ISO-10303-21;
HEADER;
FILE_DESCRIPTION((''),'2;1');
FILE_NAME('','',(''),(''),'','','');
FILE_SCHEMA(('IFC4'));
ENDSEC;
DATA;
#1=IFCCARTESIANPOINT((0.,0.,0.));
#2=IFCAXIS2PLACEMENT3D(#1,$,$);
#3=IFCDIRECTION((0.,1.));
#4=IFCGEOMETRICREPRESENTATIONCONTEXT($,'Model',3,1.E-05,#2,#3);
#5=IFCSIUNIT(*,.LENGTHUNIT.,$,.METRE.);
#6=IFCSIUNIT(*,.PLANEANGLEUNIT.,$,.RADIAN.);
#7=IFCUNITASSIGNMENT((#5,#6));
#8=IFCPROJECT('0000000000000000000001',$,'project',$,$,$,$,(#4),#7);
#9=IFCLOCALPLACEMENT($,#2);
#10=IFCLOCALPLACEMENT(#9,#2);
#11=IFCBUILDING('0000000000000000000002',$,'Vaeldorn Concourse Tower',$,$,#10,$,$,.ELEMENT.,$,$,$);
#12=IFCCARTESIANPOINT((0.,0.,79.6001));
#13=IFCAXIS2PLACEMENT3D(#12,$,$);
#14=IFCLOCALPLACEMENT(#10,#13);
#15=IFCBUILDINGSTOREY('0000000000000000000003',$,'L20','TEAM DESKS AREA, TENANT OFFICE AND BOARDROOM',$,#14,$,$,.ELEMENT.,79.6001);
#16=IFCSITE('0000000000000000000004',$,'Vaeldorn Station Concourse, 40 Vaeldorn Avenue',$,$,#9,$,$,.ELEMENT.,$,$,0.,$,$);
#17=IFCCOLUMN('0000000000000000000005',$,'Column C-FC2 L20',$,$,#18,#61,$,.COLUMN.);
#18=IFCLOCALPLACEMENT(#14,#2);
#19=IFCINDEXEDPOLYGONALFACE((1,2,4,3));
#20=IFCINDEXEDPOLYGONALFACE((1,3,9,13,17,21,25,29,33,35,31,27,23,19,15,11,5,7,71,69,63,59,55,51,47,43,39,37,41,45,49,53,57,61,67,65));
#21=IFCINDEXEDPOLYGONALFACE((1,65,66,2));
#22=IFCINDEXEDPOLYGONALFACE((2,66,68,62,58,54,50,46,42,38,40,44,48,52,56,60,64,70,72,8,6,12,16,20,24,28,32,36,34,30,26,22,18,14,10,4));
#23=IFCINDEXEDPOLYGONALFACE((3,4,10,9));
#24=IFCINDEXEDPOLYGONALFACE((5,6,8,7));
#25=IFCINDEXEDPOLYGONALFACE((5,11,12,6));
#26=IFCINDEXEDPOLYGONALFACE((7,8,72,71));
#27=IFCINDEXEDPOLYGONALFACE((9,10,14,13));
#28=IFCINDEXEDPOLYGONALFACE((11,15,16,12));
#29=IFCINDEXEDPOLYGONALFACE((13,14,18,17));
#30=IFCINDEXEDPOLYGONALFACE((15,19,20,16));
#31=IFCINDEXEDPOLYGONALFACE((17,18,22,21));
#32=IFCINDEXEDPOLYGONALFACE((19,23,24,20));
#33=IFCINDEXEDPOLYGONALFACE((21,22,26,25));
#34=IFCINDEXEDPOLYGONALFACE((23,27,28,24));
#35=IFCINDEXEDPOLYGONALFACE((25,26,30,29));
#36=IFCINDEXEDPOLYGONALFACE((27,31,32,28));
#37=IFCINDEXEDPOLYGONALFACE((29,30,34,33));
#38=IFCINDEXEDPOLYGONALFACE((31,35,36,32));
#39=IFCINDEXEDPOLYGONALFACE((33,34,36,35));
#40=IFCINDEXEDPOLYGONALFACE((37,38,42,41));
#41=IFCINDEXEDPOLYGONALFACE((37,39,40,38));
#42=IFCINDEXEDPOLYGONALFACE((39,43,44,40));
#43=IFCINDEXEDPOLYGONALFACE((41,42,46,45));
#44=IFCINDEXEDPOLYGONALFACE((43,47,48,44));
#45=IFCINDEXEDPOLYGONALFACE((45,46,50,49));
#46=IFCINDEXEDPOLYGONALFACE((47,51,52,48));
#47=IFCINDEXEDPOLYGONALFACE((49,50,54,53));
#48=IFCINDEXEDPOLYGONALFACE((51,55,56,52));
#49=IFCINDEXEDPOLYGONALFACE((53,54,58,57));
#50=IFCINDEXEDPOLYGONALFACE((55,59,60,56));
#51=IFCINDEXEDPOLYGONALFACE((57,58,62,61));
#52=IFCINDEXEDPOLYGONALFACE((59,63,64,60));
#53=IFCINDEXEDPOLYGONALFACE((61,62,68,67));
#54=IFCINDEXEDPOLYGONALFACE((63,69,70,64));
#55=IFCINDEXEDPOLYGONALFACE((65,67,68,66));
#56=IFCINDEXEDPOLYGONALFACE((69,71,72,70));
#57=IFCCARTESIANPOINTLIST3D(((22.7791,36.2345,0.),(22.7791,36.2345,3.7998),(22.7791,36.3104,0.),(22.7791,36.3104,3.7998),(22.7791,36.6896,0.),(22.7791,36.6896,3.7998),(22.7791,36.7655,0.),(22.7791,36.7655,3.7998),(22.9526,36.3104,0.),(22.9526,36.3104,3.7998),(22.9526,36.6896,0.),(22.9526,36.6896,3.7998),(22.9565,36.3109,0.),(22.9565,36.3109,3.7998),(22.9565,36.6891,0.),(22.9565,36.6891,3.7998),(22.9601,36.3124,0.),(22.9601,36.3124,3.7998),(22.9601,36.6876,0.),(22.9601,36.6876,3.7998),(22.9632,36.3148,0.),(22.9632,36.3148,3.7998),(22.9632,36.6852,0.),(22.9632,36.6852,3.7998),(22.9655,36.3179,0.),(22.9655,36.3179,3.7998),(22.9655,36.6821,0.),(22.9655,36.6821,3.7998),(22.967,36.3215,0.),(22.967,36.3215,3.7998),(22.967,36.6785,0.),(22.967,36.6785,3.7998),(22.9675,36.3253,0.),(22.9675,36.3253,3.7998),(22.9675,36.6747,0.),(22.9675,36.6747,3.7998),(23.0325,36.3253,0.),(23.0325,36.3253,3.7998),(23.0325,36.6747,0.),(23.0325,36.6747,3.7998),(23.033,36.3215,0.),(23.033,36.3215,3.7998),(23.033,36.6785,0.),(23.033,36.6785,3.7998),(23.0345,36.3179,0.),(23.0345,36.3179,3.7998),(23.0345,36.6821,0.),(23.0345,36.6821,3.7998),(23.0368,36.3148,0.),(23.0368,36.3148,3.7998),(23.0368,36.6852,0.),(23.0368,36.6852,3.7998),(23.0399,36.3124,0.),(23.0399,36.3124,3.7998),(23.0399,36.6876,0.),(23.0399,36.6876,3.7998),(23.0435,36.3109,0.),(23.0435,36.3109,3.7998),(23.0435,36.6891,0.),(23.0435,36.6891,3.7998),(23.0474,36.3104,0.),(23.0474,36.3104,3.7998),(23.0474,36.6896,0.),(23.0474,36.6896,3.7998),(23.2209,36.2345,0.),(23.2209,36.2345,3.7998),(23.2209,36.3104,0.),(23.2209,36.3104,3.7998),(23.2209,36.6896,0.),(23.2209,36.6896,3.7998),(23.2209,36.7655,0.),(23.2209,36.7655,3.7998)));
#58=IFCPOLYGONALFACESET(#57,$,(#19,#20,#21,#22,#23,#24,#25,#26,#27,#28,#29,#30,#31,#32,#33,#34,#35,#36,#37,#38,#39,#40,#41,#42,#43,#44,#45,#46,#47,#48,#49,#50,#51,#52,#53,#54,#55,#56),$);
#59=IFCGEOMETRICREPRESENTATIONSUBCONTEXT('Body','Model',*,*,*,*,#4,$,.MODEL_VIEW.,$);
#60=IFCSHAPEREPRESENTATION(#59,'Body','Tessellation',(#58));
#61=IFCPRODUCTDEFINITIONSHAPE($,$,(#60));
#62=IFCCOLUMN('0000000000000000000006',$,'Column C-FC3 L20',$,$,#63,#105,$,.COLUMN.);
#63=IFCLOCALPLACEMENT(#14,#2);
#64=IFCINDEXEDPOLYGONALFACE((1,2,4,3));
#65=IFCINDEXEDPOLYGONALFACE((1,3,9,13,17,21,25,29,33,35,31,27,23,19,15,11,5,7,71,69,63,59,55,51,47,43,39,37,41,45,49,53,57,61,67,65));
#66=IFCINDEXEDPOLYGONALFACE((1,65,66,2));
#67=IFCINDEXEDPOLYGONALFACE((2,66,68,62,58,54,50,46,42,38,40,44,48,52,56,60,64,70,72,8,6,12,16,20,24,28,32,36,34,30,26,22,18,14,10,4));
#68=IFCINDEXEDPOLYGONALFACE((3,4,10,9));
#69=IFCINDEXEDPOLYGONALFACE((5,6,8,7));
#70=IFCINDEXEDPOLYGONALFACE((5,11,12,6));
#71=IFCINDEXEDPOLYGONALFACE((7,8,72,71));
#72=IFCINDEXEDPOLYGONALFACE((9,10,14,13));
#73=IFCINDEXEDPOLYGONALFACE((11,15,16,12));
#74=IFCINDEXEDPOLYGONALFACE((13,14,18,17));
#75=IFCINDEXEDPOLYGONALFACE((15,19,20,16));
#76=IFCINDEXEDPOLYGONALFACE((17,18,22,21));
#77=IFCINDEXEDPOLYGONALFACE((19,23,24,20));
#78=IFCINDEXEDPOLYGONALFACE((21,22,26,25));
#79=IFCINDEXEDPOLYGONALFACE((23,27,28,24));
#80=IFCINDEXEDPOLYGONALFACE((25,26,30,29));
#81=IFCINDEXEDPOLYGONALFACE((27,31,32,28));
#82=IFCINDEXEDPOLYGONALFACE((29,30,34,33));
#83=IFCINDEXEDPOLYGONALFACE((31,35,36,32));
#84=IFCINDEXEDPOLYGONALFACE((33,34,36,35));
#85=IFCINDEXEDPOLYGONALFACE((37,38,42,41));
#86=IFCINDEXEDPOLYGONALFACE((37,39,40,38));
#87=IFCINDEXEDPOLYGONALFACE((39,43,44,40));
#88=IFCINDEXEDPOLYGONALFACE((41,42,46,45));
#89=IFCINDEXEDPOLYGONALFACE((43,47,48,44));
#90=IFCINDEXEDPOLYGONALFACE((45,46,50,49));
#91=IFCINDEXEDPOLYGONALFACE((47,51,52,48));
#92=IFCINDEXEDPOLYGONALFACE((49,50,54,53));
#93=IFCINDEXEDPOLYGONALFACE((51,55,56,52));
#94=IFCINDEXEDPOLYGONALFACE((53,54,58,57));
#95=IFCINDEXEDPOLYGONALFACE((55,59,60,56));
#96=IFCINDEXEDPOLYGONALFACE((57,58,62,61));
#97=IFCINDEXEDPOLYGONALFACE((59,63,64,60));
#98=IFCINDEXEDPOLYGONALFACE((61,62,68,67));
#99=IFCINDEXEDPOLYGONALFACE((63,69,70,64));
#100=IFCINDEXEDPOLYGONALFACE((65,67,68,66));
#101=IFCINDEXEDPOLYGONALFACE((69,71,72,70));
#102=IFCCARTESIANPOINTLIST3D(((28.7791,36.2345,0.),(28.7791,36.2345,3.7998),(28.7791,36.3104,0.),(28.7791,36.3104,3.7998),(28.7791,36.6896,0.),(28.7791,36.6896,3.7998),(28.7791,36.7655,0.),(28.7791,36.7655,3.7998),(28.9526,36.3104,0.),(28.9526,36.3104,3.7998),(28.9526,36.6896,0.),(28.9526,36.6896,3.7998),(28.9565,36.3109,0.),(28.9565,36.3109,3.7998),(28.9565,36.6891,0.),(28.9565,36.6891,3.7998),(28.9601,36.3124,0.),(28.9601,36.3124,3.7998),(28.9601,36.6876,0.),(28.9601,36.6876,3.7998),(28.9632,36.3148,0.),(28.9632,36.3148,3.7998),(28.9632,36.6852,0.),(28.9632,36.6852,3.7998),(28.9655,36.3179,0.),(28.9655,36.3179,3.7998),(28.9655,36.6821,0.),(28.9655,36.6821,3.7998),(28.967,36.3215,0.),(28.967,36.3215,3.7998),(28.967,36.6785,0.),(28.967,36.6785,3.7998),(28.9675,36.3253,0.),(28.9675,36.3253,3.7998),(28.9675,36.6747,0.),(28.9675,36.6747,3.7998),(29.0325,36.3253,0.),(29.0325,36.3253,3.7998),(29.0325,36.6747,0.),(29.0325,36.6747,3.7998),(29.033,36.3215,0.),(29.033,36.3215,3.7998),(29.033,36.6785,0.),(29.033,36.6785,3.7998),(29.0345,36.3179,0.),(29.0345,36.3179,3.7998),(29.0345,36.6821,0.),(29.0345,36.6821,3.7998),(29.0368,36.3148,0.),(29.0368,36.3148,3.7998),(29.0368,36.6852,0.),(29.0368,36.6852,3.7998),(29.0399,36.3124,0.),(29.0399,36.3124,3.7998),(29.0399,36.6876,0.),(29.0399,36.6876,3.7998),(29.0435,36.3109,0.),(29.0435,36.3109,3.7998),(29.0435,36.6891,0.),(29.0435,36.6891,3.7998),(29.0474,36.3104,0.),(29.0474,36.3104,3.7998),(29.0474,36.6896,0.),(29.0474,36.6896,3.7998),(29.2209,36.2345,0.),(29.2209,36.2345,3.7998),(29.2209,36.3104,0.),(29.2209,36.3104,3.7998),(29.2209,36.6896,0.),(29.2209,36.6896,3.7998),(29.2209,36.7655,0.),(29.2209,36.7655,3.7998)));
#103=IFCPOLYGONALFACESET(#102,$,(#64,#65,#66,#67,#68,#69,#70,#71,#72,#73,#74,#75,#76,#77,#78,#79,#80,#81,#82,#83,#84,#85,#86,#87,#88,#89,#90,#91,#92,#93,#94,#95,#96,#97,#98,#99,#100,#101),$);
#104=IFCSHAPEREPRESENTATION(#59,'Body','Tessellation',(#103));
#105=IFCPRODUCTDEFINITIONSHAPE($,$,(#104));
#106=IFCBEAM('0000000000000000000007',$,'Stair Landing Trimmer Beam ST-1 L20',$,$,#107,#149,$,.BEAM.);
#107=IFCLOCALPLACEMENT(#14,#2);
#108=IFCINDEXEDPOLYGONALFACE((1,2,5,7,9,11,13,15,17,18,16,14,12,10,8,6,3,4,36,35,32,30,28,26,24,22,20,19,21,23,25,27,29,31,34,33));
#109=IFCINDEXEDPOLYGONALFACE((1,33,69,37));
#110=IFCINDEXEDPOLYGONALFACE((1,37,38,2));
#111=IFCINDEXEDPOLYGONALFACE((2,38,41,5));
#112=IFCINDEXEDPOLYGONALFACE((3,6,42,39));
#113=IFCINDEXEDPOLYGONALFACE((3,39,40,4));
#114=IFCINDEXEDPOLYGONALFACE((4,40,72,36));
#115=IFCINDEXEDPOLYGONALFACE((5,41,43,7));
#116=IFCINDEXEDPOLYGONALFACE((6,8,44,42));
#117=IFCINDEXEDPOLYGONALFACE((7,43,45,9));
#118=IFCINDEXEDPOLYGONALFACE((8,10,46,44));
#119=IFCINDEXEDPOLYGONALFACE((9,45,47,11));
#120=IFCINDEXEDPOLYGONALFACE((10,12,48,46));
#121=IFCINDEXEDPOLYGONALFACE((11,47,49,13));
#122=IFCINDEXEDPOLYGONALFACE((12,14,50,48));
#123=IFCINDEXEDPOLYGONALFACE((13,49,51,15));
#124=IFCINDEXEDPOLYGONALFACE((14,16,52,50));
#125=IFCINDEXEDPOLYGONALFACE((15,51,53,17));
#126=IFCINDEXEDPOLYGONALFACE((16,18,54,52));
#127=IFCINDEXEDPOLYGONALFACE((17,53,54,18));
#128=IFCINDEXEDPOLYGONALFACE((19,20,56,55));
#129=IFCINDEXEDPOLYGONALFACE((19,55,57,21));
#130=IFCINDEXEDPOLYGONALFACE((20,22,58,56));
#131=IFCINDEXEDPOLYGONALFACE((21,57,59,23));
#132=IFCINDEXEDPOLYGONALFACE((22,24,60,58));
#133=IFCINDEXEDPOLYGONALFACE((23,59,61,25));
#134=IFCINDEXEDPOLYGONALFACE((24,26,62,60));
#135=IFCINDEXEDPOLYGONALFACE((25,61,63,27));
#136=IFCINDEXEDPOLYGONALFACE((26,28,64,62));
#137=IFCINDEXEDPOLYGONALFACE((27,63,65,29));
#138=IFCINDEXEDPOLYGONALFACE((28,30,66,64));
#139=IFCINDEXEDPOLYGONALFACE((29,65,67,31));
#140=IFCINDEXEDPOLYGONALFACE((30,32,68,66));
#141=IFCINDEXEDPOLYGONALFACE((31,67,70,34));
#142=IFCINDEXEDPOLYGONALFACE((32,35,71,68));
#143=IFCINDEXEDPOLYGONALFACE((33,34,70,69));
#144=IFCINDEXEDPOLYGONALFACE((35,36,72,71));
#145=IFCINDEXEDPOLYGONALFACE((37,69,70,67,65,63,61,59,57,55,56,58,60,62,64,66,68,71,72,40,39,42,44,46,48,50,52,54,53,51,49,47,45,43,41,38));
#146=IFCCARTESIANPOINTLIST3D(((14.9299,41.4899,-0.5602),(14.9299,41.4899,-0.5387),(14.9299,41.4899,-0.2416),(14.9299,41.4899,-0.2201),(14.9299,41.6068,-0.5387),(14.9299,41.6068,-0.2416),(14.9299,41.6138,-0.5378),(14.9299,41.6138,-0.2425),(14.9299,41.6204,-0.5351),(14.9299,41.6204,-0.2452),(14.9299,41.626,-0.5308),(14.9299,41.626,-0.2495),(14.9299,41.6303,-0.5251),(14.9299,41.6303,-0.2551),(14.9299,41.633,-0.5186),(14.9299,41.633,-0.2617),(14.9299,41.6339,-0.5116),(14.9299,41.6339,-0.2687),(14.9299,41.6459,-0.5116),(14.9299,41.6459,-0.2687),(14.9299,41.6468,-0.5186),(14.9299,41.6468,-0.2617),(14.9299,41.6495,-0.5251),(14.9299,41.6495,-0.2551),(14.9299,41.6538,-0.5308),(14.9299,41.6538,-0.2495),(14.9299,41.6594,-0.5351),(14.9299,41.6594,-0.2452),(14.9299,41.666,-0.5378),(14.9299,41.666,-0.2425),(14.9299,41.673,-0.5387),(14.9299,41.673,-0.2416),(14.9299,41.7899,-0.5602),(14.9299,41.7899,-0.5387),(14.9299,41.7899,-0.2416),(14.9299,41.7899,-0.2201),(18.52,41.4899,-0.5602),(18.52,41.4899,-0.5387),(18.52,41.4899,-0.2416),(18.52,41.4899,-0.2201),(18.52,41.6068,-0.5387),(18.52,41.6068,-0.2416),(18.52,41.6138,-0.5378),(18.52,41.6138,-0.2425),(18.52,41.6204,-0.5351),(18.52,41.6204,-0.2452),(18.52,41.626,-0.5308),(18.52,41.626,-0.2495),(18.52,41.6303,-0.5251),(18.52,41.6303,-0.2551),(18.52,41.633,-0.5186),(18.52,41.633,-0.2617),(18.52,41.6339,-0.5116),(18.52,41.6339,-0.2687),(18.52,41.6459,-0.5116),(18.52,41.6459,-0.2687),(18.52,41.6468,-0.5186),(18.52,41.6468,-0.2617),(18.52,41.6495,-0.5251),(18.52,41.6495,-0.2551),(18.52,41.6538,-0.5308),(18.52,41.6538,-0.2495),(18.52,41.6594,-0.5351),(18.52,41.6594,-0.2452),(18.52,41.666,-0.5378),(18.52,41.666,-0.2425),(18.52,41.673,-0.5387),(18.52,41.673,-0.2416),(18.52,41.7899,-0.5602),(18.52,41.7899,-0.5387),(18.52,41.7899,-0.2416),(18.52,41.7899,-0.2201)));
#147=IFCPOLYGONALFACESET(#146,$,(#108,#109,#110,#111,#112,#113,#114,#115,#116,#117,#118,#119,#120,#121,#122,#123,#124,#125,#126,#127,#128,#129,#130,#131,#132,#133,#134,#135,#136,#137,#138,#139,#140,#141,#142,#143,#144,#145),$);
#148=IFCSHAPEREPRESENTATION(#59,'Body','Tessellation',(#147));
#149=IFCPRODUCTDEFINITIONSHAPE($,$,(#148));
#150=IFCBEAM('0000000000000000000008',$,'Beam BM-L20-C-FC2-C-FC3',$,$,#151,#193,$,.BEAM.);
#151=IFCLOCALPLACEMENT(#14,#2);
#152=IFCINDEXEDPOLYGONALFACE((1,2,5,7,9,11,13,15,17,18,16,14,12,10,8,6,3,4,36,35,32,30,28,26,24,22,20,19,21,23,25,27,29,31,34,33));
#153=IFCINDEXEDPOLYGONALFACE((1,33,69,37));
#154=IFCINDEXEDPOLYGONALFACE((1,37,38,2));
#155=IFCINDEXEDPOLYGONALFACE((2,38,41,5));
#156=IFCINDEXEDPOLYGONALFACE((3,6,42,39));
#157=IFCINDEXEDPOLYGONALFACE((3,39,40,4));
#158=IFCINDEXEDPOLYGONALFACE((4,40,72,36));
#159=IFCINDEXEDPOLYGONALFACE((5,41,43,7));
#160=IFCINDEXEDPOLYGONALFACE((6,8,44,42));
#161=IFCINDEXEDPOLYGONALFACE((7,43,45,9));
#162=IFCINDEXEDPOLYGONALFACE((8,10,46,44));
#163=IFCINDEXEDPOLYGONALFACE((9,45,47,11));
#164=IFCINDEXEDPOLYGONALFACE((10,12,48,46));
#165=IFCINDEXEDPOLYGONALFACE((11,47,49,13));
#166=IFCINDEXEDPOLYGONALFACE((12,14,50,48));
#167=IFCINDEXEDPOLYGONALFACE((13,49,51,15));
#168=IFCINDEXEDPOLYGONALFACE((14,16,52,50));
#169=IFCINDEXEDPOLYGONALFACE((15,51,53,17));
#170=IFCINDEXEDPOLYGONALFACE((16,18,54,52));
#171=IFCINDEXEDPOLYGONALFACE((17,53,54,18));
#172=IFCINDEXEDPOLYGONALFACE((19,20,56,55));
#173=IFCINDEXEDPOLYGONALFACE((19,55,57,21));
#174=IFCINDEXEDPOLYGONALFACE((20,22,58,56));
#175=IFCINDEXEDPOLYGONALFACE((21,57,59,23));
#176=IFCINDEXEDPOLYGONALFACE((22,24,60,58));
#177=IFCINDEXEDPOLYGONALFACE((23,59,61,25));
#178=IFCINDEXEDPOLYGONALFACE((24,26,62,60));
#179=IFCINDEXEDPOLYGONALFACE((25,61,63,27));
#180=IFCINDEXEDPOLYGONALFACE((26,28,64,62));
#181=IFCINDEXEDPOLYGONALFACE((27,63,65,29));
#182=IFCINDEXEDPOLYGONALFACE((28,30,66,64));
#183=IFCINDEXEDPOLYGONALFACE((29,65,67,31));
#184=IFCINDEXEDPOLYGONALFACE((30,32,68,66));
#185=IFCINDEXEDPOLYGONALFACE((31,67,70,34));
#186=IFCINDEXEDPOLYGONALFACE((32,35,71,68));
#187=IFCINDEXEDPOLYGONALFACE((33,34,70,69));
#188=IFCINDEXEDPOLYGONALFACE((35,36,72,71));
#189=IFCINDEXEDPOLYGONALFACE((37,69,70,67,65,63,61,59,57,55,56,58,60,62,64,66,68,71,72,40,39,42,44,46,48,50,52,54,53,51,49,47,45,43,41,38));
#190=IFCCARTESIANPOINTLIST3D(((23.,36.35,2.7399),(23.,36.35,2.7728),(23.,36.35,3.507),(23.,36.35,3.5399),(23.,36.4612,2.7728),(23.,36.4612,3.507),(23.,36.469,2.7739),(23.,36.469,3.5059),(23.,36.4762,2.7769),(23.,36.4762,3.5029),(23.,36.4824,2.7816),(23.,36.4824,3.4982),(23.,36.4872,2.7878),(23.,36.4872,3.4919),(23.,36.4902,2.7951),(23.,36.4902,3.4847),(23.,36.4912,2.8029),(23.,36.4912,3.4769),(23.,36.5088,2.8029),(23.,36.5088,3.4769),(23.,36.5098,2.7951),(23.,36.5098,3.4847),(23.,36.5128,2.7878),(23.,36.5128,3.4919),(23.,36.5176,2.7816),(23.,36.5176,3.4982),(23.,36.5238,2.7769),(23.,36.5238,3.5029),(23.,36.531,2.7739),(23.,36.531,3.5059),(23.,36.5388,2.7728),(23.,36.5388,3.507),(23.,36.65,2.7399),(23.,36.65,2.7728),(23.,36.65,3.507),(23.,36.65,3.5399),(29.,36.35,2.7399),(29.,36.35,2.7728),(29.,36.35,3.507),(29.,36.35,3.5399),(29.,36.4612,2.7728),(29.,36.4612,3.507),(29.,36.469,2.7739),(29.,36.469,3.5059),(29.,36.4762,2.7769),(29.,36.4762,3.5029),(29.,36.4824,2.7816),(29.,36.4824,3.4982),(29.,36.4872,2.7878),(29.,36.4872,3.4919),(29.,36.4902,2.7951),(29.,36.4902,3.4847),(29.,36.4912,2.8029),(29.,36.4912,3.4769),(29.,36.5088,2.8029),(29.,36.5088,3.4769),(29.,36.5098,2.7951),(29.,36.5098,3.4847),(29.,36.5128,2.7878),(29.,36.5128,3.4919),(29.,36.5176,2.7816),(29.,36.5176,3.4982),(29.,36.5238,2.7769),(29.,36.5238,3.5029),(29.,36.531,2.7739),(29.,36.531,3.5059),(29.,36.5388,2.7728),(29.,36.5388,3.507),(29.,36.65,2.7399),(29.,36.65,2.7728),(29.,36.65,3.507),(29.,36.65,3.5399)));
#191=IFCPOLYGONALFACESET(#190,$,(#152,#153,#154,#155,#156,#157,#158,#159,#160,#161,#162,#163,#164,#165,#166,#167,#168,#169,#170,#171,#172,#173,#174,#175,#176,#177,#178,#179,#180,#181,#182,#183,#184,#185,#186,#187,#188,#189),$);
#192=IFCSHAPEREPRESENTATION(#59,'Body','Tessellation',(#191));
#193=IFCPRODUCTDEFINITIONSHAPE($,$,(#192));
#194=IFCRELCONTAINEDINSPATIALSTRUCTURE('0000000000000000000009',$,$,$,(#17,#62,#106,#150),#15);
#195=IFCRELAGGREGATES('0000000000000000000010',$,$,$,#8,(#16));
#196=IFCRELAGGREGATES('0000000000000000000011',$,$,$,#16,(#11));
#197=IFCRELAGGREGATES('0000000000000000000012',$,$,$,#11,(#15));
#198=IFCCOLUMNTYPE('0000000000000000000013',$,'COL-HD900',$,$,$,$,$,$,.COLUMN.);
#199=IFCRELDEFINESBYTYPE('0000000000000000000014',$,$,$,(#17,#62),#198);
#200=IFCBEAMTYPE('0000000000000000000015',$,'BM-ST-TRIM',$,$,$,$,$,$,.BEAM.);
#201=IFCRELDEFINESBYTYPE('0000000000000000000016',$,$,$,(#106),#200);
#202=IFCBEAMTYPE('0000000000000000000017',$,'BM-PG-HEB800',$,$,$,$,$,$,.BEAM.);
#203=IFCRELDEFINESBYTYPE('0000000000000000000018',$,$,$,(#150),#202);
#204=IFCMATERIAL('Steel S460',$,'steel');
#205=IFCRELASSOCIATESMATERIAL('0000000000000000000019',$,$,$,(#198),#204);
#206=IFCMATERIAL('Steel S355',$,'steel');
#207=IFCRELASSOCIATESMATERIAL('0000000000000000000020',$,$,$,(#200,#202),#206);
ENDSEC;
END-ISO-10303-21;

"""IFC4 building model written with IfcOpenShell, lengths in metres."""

from ifc_helpers import new_model, si_unit, direction, frame, origin, origin_2d, place, context, subcontext, project, spatial, i_section, extrude, source, transform, mapped, material, material_profile, profile_set, type_object, element, save


model = new_model("IFC4")

# Units and contexts
model_context = context("Model", 3, precision=1e-05, world=origin(), true_north=direction((0.0, 1.0)))
body_context = subcontext(model_context, "Body", "Model", "MODEL_VIEW")
ifc_project = project(units=[si_unit("LENGTHUNIT", "METRE"), si_unit("PLANEANGLEUNIT", "RADIAN")], contexts=[model_context])

# Site, building, storey
site_placement = place(None, origin())
site = spatial("IfcSite", under=ifc_project, at=site_placement, Name="Vaeldorn Station Concourse, 40 Vaeldorn Avenue", CompositionType="ELEMENT", RefElevation=0.0)
building_placement = place(site_placement, origin())
building = spatial("IfcBuilding", under=site, at=building_placement, Name="Vaeldorn Concourse Tower", CompositionType="ELEMENT")
storey_placement = place(building_placement, frame((0.0, 0.0, 79.6001)))
storey = spatial("IfcBuildingStorey", under=building, at=storey_placement, Name="L20", Description="TEAM DESKS AREA, TENANT OFFICE AND BOARDROOM", CompositionType="ELEMENT", Elevation=79.6001)

# Columns
ifc_material_1 = material(Name="Steel S460", Category="steel")
ifc_material_profile_1 = material_profile(ifc_material_1, i_section(OverallWidth=0.4419, OverallDepth=0.531, WebThickness=0.0649, FlangeThickness=0.0759, FilletRadius=0.0149, at=origin_2d()), Name="HD 400x900")
ifc_profile_set_1 = profile_set([ifc_material_profile_1], Name="Steel S460")
column_type = type_object("IfcColumnType", Name="COL-HD900", PredefinedType="COLUMN", material=ifc_profile_set_1)
shared_shape_1 = source(origin(), body_context, "Body", "SweptSolid", [
    extrude(i_section(OverallWidth=0.4419, OverallDepth=0.531, WebThickness=0.0649, FlangeThickness=0.0759, FilletRadius=0.0149, at=origin_2d()), origin(), (0.0, 0.0, 1.0), 3.7998),
])
for number, where, z_axis, x_axis, name in (
    (1, (23.0, 36.5, 0.0), (0.0, 0.0, 1.0), (1.0, 0.0, 0.0), "Column C-FC2 L20"),
    (2, (29.0, 36.5, 0.0), (0.0, 0.0, 1.0), (1.0, 0.0, 0.0), "Column C-FC3 L20"),
):
    element("IfcColumn", number, at=place(storey_placement, frame(where, z_axis=z_axis, x_axis=x_axis)), inside=storey, type_object=column_type, Name=name, PredefinedType="COLUMN", context=body_context, shape_type="MappedRepresentation", body=[
        mapped(shared_shape_1, transform((0.0, 0.0, 0.0), scale=1.0)),
    ])

# Beams
ifc_material_2 = material(Name="Steel S355", Category="steel")
ifc_material_profile_2 = material_profile(ifc_material_2, i_section(OverallWidth=0.3, OverallDepth=0.3401, WebThickness=0.012, FlangeThickness=0.0215, FilletRadius=0.0271, at=origin_2d()), Name="HEB 340")
ifc_profile_set_2 = profile_set([ifc_material_profile_2], Name="Steel S355")
beam_type_1 = type_object("IfcBeamType", Name="BM-ST-TRIM", PredefinedType="BEAM", material=ifc_profile_set_2)
shared_shape_2 = source(origin(), body_context, "Body", "SweptSolid", [
    extrude(i_section(OverallWidth=0.3, OverallDepth=0.3401, WebThickness=0.012, FlangeThickness=0.0215, FilletRadius=0.0271, at=origin_2d()), origin(), (0.0, 0.0, 1.0), 3.5901),
])
beam_1_placement = place(storey_placement, frame((14.9299, 41.6399, -0.3901), z_axis=(1.0, 0.0, 0.0), x_axis=(0.0, 1.0, 0.0)))
element("IfcBeam", 3, at=beam_1_placement, inside=storey, type_object=beam_type_1, Name="Stair Landing Trimmer Beam ST-1 L20", PredefinedType="BEAM", context=body_context, shape_type="MappedRepresentation", body=[
    mapped(shared_shape_2, transform((0.0, 0.0, 0.0), scale=1.0)),
])
ifc_material_profile_3 = material_profile(ifc_material_2, i_section(OverallWidth=0.3, OverallDepth=0.8, WebThickness=0.0176, FlangeThickness=0.033, FilletRadius=0.03, at=origin_2d()), Name="HEB 800")
ifc_profile_set_3 = profile_set([ifc_material_profile_3], Name="Steel S355")
beam_type_2 = type_object("IfcBeamType", Name="BM-PG-HEB800", PredefinedType="BEAM", material=ifc_profile_set_3)
shared_shape_3 = source(origin(), body_context, "Body", "SweptSolid", [
    extrude(i_section(OverallWidth=0.3, OverallDepth=0.8, WebThickness=0.0176, FlangeThickness=0.033, FilletRadius=0.03, at=origin_2d()), origin(), (0.0, 0.0, 1.0), 6.0),
])
beam_2_placement = place(storey_placement, frame((23.0, 36.5, 3.1399), z_axis=(1.0, 0.0, 0.0), x_axis=(0.0, 1.0, 0.0)))
element("IfcBeam", 4, at=beam_2_placement, inside=storey, type_object=beam_type_2, Name="Beam BM-L20-C-FC2-C-FC3", PredefinedType="BEAM", context=body_context, shape_type="MappedRepresentation", body=[
    mapped(shared_shape_3, transform((0.0, 0.0, 0.0), scale=1.0)),
])

save(model, "model.ifc")
